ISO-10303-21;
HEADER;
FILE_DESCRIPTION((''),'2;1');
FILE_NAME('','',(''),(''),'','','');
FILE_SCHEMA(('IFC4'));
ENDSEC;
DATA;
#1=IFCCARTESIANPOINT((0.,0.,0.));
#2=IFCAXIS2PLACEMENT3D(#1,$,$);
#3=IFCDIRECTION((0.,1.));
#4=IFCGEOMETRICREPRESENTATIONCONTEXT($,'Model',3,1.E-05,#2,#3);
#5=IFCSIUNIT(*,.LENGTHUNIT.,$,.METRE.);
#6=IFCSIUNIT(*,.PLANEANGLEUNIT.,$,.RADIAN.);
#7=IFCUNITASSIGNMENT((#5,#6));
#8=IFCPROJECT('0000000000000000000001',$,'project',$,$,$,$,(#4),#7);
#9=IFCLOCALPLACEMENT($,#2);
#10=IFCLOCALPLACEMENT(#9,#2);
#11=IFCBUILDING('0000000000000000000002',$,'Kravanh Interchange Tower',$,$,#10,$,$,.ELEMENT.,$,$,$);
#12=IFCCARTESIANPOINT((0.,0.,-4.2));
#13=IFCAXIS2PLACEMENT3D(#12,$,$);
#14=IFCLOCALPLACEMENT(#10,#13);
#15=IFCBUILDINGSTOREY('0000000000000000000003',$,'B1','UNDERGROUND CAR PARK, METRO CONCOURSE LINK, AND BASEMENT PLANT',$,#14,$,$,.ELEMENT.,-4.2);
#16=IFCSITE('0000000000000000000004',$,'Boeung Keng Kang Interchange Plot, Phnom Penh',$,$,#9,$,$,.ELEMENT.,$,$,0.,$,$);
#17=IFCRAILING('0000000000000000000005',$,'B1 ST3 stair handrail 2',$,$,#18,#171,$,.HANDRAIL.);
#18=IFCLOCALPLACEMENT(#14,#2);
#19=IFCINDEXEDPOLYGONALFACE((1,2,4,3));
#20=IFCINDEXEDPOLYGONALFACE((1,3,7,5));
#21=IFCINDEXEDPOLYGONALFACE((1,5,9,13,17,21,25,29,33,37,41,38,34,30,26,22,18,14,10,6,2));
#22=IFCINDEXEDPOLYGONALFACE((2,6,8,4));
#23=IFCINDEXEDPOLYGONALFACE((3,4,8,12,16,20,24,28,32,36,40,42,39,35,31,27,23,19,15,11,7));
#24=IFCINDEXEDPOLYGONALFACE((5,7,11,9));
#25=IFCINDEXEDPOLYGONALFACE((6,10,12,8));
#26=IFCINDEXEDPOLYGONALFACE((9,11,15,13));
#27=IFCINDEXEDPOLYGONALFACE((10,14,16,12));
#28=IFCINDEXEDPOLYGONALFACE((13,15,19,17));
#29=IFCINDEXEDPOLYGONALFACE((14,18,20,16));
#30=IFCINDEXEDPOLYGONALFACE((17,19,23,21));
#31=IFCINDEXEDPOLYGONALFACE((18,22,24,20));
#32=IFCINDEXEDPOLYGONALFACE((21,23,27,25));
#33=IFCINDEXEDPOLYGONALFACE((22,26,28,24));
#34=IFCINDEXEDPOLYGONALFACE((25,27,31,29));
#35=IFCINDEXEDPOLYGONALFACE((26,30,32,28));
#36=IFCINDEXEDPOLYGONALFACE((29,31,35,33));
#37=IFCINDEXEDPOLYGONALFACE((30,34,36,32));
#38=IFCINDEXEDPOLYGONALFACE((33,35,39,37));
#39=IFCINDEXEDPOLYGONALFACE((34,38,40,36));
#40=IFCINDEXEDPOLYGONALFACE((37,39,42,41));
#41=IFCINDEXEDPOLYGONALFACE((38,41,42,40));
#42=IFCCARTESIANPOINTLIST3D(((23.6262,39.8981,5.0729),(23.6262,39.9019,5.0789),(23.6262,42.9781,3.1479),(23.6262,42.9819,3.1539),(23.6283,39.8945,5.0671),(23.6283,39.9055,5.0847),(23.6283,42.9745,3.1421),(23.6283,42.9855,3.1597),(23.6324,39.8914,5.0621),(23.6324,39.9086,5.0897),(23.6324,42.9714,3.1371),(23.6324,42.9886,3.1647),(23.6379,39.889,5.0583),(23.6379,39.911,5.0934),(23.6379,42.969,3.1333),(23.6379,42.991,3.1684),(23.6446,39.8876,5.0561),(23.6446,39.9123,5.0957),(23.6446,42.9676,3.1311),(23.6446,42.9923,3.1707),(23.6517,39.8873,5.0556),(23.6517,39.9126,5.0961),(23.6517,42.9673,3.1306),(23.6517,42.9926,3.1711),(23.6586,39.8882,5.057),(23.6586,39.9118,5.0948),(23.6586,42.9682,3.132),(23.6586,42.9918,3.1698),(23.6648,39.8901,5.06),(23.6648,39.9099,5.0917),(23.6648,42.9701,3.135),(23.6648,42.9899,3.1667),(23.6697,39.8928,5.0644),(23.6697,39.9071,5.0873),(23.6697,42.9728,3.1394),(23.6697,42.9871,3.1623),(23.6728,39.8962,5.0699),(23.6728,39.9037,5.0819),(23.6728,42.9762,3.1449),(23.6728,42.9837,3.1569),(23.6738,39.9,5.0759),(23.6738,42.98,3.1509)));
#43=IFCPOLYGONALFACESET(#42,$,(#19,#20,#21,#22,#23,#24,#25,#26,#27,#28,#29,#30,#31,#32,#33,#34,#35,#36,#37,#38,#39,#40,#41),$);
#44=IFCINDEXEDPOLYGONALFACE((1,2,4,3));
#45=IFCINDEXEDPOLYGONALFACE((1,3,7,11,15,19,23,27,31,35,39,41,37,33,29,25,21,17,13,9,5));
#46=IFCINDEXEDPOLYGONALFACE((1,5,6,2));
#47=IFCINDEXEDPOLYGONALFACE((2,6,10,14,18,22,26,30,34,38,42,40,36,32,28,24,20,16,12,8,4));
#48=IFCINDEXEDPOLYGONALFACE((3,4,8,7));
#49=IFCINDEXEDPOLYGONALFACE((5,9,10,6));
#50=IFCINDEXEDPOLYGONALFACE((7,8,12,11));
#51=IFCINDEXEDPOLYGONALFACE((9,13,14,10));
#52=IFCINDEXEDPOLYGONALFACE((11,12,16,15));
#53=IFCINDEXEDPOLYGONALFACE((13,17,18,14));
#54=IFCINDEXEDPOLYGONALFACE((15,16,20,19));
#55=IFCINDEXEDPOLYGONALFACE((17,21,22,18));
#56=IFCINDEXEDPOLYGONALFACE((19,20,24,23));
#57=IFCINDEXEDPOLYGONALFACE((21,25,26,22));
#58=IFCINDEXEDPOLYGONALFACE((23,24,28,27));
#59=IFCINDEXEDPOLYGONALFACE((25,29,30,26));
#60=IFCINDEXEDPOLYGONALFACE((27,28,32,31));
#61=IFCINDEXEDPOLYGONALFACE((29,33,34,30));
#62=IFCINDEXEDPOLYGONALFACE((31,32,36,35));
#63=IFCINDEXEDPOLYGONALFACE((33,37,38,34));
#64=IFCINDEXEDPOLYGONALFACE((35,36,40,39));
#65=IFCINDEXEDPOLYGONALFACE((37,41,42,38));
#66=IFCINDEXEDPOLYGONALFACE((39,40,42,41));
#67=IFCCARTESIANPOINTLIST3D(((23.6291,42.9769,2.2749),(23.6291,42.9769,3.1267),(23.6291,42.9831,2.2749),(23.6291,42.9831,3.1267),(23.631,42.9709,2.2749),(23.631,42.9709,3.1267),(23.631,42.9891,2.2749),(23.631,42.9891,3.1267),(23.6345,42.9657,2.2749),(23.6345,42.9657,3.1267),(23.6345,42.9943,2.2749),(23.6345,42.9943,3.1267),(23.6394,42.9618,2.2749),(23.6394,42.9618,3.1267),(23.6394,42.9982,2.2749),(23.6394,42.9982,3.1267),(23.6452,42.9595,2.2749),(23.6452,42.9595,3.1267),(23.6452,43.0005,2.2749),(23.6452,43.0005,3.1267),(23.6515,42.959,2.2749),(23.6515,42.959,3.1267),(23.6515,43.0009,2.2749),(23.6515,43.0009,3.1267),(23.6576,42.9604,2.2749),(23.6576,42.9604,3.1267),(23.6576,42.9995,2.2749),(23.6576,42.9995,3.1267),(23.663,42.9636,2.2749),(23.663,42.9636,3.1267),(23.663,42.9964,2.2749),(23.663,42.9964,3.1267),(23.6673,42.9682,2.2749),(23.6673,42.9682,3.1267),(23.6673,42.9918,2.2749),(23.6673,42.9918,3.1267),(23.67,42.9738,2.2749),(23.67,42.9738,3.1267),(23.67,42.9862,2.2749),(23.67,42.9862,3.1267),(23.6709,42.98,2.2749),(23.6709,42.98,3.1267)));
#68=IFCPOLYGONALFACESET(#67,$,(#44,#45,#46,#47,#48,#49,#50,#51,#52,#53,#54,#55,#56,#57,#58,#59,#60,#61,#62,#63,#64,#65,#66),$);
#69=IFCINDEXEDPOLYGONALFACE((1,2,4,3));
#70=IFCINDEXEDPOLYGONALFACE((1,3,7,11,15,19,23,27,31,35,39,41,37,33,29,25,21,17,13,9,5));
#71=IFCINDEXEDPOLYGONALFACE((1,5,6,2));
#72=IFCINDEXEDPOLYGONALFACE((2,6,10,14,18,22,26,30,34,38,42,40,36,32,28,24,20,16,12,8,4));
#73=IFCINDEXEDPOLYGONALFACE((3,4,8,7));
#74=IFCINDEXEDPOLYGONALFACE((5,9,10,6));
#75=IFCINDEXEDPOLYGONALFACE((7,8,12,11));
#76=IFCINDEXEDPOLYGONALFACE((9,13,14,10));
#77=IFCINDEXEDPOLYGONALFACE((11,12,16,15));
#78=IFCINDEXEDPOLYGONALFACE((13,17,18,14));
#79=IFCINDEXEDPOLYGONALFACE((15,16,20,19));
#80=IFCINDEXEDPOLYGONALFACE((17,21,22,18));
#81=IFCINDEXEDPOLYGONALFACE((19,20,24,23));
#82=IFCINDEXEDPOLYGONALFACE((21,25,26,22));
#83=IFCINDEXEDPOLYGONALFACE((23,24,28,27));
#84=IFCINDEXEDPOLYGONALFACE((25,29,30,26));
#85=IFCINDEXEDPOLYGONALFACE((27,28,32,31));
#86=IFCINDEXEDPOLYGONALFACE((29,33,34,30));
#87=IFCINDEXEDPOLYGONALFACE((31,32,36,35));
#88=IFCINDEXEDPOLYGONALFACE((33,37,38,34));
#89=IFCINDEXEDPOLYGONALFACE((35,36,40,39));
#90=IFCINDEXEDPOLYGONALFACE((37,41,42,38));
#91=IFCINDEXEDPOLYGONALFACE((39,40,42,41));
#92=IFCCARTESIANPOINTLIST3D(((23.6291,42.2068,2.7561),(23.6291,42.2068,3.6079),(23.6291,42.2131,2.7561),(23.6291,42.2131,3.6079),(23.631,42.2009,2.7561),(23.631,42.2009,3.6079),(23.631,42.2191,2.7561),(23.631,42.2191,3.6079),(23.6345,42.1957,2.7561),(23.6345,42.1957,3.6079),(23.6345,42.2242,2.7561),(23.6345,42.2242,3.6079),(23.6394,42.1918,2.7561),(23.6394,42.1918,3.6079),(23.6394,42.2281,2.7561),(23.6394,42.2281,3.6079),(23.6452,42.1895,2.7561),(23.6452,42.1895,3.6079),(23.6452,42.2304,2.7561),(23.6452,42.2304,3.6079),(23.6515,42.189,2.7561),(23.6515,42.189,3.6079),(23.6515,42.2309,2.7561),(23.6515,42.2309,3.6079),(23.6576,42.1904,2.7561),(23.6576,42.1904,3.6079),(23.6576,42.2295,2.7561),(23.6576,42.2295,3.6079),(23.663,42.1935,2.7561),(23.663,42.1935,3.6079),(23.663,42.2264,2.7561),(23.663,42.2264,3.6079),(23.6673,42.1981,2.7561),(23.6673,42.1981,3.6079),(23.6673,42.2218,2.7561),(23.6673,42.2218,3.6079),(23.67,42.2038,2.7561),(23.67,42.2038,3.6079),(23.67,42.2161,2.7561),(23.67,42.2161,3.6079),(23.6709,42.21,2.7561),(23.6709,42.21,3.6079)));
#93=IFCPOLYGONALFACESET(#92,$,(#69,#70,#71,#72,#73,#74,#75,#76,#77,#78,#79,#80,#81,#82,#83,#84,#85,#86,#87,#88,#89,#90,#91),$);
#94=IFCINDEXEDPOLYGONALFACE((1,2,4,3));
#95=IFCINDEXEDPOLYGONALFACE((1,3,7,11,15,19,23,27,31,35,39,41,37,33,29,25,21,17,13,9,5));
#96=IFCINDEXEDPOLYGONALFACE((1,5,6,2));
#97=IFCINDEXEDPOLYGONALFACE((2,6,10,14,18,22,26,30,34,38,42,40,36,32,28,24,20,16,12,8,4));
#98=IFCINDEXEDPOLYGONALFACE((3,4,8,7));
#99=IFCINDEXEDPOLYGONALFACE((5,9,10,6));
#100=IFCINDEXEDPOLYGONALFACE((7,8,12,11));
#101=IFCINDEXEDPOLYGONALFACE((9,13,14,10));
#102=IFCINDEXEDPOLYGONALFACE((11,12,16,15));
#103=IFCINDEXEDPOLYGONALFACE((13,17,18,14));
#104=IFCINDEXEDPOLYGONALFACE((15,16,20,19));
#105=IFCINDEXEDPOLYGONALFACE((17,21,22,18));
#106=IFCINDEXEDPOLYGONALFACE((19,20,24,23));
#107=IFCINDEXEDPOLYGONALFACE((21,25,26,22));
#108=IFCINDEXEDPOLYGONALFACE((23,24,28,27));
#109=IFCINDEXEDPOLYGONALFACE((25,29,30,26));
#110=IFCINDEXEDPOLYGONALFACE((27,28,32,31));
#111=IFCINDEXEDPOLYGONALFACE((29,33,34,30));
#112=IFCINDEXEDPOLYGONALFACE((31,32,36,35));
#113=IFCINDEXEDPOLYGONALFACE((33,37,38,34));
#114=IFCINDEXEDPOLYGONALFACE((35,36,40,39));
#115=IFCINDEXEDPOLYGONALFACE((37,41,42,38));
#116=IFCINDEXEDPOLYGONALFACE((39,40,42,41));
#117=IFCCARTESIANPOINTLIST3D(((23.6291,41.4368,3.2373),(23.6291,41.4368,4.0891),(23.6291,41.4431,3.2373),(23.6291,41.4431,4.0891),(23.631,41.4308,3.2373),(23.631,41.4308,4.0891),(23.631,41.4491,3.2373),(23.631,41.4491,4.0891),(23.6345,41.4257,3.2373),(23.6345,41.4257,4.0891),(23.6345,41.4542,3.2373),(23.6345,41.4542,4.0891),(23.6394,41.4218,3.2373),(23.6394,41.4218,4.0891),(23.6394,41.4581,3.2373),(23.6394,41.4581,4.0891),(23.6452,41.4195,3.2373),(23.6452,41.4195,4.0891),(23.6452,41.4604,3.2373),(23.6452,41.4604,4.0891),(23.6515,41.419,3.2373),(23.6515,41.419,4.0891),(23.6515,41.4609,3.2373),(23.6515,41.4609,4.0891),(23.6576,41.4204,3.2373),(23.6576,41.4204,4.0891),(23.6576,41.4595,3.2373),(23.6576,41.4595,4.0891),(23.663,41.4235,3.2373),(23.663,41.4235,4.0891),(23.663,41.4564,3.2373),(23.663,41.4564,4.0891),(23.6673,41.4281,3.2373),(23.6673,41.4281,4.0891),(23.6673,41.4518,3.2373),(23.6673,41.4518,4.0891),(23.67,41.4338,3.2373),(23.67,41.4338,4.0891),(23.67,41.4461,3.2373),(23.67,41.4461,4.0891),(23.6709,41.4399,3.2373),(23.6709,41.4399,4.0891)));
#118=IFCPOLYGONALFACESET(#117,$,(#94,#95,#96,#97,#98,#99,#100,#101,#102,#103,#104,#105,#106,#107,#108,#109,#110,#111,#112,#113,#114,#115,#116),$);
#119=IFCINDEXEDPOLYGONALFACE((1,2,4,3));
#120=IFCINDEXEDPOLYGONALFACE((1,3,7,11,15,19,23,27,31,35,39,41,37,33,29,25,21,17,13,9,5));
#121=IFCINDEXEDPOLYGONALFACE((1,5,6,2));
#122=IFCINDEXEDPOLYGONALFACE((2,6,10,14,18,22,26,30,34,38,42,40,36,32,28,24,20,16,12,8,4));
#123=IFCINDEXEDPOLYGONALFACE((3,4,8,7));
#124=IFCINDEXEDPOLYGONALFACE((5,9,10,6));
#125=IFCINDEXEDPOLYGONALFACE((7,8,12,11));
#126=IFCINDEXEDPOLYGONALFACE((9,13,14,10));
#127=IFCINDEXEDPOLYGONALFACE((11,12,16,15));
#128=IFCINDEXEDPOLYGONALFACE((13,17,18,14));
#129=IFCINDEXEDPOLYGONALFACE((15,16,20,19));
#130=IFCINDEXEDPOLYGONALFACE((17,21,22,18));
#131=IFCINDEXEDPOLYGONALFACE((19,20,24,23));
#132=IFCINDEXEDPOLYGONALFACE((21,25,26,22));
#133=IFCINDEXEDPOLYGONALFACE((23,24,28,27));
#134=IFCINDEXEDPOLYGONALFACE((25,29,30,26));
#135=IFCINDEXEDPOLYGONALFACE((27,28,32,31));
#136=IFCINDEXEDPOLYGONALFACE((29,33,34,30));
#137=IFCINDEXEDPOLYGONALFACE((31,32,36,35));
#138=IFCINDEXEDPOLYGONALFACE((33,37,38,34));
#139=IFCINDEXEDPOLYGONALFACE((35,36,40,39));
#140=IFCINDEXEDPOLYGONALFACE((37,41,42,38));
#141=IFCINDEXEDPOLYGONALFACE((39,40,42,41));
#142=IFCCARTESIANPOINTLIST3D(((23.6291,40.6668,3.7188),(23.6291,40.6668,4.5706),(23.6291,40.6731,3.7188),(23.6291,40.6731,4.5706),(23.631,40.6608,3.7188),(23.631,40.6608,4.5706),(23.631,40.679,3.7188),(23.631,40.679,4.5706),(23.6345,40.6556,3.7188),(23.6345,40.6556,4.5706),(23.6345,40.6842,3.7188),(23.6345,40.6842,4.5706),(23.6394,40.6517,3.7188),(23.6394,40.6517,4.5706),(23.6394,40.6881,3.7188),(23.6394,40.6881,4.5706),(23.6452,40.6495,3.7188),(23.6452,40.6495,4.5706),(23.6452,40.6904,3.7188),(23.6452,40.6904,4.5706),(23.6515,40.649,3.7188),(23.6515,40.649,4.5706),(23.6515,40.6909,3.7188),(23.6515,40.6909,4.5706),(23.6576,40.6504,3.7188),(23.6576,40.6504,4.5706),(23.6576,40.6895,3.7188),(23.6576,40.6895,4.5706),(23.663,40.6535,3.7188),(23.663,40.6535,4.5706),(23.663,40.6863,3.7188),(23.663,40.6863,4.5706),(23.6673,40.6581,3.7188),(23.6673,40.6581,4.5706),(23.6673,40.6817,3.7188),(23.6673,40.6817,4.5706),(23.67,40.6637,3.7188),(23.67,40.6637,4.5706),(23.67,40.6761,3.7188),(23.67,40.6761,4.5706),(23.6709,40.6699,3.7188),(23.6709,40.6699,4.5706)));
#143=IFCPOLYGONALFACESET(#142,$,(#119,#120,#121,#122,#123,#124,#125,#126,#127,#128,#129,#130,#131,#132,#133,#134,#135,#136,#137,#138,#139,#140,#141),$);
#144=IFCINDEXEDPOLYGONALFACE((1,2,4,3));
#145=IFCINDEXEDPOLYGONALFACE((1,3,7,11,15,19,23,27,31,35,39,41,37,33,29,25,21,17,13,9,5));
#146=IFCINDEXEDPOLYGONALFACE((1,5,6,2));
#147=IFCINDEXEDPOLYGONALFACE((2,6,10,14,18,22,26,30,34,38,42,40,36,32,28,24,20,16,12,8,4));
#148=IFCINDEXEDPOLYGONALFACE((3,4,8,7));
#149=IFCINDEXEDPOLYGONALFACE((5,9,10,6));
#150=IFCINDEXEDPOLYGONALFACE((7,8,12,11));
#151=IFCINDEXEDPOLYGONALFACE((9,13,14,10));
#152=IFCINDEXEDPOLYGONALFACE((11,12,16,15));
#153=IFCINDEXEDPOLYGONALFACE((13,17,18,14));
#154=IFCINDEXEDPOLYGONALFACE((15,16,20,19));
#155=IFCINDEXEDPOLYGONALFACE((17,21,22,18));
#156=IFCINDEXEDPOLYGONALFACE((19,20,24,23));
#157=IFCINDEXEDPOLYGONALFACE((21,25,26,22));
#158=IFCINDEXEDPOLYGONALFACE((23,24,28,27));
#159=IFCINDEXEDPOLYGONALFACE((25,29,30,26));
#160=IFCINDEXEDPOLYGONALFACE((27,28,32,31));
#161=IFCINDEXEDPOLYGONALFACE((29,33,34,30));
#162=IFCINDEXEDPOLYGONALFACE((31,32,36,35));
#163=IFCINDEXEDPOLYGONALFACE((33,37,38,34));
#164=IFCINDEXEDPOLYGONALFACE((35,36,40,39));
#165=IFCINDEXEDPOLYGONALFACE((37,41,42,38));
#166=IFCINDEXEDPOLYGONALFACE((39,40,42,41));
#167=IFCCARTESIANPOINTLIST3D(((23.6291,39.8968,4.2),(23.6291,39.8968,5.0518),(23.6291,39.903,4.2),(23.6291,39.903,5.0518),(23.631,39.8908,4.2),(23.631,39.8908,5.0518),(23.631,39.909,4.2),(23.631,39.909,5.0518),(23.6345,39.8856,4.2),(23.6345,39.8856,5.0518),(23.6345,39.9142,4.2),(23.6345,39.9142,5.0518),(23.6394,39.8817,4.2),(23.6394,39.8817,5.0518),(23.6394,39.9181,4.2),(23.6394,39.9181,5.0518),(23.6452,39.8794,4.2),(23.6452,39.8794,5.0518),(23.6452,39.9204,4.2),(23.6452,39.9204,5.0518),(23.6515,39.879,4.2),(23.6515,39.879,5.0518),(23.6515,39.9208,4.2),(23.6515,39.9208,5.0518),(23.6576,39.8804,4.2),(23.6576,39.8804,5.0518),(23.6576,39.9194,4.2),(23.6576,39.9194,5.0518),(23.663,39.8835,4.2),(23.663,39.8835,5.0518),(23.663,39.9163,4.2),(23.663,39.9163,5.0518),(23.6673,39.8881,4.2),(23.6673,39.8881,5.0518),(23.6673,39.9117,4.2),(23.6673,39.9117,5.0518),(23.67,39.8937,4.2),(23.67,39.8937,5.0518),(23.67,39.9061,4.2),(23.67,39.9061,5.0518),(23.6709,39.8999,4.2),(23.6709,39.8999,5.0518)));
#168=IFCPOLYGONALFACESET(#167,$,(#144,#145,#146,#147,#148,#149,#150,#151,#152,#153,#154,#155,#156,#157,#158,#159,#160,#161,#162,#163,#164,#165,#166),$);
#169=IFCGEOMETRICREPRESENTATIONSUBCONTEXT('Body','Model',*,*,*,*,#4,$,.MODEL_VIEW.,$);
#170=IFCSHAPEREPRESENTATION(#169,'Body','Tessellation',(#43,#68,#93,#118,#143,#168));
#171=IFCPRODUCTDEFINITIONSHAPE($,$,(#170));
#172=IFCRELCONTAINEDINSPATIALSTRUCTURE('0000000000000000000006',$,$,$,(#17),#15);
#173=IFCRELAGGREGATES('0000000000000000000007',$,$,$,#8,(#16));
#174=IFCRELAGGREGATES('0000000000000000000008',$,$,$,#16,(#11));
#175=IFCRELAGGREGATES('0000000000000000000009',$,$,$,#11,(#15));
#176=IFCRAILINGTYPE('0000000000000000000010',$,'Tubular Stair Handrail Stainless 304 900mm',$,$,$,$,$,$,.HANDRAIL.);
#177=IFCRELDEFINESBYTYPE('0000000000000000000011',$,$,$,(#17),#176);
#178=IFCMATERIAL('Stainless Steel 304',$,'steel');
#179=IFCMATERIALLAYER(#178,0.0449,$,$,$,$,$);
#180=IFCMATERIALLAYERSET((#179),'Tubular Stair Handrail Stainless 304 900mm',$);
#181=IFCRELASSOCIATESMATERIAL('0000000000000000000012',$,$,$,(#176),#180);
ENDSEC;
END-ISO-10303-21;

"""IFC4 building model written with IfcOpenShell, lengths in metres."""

from ifc_helpers import new_model, si_unit, direction, frame, origin, origin_2d, place, context, subcontext, project, spatial, circle, extrude, material, layer, layer_set, type_object, element, save


model = new_model("IFC4")

# Units and contexts
model_context = context("Model", 3, precision=1e-05, world=origin(), true_north=direction((0.0, 1.0)))
body_context = subcontext(model_context, "Body", "Model", "MODEL_VIEW")
ifc_project = project(units=[si_unit("LENGTHUNIT", "METRE"), si_unit("PLANEANGLEUNIT", "RADIAN")], contexts=[model_context])

# Site, building, storey
site_placement = place(None, origin())
site = spatial("IfcSite", under=ifc_project, at=site_placement, Name="Boeung Keng Kang Interchange Plot, Phnom Penh", CompositionType="ELEMENT", RefElevation=0.0)
building_placement = place(site_placement, origin())
building = spatial("IfcBuilding", under=site, at=building_placement, Name="Kravanh Interchange Tower", CompositionType="ELEMENT")
storey_placement = place(building_placement, frame((0.0, 0.0, -4.2)))
storey = spatial("IfcBuildingStorey", under=building, at=storey_placement, Name="B1", Description="UNDERGROUND CAR PARK, METRO CONCOURSE LINK, AND BASEMENT PLANT", CompositionType="ELEMENT", Elevation=-4.2)

# Railing
ifc_material_1 = material(Name="Stainless Steel 304", Category="steel")
ifc_layer_1 = layer(ifc_material_1, 0.0449)
ifc_layer_set_1 = layer_set([ifc_layer_1], Name="Tubular Stair Handrail Stainless 304 900mm")
railing_type_1 = type_object("IfcRailingType", Name="Tubular Stair Handrail Stainless 304 900mm", PredefinedType="HANDRAIL", material=ifc_layer_set_1)
railing_1_placement = place(storey_placement, frame((23.6499, 42.98, 2.2749)))
element("IfcRailing", 1, at=railing_1_placement, inside=storey, type_object=railing_type_1, Name="B1 ST3 stair handrail 2", PredefinedType="HANDRAIL", context=body_context, shape_type="SweptSolid", body=[
    extrude(circle(Radius=0.0239, at=origin_2d()), frame((0.0, 0.0, 0.876), z_axis=(0.0, -0.847998, 0.529999), x_axis=(1.0, 0.0, 0.0)), (0.0, 0.0, 1.0), 3.6321),
    extrude(circle(Radius=0.021, at=origin_2d()), origin(), (0.0, 0.0, 1.0), 0.8518),
    extrude(circle(Radius=0.021, at=origin_2d()), frame((0.0, -0.77, 0.4812)), (0.0, 0.0, 1.0), 0.8518),
    extrude(circle(Radius=0.021, at=origin_2d()), frame((0.0, -1.54, 0.9624)), (0.0, 0.0, 1.0), 0.8518),
    extrude(circle(Radius=0.021, at=origin_2d()), frame((0.0, -2.3101, 1.4438)), (0.0, 0.0, 1.0), 0.8518),
    extrude(circle(Radius=0.021, at=origin_2d()), frame((0.0, -3.0801, 1.925)), (0.0, 0.0, 1.0), 0.8518),
])

save(model, "model.ifc")
